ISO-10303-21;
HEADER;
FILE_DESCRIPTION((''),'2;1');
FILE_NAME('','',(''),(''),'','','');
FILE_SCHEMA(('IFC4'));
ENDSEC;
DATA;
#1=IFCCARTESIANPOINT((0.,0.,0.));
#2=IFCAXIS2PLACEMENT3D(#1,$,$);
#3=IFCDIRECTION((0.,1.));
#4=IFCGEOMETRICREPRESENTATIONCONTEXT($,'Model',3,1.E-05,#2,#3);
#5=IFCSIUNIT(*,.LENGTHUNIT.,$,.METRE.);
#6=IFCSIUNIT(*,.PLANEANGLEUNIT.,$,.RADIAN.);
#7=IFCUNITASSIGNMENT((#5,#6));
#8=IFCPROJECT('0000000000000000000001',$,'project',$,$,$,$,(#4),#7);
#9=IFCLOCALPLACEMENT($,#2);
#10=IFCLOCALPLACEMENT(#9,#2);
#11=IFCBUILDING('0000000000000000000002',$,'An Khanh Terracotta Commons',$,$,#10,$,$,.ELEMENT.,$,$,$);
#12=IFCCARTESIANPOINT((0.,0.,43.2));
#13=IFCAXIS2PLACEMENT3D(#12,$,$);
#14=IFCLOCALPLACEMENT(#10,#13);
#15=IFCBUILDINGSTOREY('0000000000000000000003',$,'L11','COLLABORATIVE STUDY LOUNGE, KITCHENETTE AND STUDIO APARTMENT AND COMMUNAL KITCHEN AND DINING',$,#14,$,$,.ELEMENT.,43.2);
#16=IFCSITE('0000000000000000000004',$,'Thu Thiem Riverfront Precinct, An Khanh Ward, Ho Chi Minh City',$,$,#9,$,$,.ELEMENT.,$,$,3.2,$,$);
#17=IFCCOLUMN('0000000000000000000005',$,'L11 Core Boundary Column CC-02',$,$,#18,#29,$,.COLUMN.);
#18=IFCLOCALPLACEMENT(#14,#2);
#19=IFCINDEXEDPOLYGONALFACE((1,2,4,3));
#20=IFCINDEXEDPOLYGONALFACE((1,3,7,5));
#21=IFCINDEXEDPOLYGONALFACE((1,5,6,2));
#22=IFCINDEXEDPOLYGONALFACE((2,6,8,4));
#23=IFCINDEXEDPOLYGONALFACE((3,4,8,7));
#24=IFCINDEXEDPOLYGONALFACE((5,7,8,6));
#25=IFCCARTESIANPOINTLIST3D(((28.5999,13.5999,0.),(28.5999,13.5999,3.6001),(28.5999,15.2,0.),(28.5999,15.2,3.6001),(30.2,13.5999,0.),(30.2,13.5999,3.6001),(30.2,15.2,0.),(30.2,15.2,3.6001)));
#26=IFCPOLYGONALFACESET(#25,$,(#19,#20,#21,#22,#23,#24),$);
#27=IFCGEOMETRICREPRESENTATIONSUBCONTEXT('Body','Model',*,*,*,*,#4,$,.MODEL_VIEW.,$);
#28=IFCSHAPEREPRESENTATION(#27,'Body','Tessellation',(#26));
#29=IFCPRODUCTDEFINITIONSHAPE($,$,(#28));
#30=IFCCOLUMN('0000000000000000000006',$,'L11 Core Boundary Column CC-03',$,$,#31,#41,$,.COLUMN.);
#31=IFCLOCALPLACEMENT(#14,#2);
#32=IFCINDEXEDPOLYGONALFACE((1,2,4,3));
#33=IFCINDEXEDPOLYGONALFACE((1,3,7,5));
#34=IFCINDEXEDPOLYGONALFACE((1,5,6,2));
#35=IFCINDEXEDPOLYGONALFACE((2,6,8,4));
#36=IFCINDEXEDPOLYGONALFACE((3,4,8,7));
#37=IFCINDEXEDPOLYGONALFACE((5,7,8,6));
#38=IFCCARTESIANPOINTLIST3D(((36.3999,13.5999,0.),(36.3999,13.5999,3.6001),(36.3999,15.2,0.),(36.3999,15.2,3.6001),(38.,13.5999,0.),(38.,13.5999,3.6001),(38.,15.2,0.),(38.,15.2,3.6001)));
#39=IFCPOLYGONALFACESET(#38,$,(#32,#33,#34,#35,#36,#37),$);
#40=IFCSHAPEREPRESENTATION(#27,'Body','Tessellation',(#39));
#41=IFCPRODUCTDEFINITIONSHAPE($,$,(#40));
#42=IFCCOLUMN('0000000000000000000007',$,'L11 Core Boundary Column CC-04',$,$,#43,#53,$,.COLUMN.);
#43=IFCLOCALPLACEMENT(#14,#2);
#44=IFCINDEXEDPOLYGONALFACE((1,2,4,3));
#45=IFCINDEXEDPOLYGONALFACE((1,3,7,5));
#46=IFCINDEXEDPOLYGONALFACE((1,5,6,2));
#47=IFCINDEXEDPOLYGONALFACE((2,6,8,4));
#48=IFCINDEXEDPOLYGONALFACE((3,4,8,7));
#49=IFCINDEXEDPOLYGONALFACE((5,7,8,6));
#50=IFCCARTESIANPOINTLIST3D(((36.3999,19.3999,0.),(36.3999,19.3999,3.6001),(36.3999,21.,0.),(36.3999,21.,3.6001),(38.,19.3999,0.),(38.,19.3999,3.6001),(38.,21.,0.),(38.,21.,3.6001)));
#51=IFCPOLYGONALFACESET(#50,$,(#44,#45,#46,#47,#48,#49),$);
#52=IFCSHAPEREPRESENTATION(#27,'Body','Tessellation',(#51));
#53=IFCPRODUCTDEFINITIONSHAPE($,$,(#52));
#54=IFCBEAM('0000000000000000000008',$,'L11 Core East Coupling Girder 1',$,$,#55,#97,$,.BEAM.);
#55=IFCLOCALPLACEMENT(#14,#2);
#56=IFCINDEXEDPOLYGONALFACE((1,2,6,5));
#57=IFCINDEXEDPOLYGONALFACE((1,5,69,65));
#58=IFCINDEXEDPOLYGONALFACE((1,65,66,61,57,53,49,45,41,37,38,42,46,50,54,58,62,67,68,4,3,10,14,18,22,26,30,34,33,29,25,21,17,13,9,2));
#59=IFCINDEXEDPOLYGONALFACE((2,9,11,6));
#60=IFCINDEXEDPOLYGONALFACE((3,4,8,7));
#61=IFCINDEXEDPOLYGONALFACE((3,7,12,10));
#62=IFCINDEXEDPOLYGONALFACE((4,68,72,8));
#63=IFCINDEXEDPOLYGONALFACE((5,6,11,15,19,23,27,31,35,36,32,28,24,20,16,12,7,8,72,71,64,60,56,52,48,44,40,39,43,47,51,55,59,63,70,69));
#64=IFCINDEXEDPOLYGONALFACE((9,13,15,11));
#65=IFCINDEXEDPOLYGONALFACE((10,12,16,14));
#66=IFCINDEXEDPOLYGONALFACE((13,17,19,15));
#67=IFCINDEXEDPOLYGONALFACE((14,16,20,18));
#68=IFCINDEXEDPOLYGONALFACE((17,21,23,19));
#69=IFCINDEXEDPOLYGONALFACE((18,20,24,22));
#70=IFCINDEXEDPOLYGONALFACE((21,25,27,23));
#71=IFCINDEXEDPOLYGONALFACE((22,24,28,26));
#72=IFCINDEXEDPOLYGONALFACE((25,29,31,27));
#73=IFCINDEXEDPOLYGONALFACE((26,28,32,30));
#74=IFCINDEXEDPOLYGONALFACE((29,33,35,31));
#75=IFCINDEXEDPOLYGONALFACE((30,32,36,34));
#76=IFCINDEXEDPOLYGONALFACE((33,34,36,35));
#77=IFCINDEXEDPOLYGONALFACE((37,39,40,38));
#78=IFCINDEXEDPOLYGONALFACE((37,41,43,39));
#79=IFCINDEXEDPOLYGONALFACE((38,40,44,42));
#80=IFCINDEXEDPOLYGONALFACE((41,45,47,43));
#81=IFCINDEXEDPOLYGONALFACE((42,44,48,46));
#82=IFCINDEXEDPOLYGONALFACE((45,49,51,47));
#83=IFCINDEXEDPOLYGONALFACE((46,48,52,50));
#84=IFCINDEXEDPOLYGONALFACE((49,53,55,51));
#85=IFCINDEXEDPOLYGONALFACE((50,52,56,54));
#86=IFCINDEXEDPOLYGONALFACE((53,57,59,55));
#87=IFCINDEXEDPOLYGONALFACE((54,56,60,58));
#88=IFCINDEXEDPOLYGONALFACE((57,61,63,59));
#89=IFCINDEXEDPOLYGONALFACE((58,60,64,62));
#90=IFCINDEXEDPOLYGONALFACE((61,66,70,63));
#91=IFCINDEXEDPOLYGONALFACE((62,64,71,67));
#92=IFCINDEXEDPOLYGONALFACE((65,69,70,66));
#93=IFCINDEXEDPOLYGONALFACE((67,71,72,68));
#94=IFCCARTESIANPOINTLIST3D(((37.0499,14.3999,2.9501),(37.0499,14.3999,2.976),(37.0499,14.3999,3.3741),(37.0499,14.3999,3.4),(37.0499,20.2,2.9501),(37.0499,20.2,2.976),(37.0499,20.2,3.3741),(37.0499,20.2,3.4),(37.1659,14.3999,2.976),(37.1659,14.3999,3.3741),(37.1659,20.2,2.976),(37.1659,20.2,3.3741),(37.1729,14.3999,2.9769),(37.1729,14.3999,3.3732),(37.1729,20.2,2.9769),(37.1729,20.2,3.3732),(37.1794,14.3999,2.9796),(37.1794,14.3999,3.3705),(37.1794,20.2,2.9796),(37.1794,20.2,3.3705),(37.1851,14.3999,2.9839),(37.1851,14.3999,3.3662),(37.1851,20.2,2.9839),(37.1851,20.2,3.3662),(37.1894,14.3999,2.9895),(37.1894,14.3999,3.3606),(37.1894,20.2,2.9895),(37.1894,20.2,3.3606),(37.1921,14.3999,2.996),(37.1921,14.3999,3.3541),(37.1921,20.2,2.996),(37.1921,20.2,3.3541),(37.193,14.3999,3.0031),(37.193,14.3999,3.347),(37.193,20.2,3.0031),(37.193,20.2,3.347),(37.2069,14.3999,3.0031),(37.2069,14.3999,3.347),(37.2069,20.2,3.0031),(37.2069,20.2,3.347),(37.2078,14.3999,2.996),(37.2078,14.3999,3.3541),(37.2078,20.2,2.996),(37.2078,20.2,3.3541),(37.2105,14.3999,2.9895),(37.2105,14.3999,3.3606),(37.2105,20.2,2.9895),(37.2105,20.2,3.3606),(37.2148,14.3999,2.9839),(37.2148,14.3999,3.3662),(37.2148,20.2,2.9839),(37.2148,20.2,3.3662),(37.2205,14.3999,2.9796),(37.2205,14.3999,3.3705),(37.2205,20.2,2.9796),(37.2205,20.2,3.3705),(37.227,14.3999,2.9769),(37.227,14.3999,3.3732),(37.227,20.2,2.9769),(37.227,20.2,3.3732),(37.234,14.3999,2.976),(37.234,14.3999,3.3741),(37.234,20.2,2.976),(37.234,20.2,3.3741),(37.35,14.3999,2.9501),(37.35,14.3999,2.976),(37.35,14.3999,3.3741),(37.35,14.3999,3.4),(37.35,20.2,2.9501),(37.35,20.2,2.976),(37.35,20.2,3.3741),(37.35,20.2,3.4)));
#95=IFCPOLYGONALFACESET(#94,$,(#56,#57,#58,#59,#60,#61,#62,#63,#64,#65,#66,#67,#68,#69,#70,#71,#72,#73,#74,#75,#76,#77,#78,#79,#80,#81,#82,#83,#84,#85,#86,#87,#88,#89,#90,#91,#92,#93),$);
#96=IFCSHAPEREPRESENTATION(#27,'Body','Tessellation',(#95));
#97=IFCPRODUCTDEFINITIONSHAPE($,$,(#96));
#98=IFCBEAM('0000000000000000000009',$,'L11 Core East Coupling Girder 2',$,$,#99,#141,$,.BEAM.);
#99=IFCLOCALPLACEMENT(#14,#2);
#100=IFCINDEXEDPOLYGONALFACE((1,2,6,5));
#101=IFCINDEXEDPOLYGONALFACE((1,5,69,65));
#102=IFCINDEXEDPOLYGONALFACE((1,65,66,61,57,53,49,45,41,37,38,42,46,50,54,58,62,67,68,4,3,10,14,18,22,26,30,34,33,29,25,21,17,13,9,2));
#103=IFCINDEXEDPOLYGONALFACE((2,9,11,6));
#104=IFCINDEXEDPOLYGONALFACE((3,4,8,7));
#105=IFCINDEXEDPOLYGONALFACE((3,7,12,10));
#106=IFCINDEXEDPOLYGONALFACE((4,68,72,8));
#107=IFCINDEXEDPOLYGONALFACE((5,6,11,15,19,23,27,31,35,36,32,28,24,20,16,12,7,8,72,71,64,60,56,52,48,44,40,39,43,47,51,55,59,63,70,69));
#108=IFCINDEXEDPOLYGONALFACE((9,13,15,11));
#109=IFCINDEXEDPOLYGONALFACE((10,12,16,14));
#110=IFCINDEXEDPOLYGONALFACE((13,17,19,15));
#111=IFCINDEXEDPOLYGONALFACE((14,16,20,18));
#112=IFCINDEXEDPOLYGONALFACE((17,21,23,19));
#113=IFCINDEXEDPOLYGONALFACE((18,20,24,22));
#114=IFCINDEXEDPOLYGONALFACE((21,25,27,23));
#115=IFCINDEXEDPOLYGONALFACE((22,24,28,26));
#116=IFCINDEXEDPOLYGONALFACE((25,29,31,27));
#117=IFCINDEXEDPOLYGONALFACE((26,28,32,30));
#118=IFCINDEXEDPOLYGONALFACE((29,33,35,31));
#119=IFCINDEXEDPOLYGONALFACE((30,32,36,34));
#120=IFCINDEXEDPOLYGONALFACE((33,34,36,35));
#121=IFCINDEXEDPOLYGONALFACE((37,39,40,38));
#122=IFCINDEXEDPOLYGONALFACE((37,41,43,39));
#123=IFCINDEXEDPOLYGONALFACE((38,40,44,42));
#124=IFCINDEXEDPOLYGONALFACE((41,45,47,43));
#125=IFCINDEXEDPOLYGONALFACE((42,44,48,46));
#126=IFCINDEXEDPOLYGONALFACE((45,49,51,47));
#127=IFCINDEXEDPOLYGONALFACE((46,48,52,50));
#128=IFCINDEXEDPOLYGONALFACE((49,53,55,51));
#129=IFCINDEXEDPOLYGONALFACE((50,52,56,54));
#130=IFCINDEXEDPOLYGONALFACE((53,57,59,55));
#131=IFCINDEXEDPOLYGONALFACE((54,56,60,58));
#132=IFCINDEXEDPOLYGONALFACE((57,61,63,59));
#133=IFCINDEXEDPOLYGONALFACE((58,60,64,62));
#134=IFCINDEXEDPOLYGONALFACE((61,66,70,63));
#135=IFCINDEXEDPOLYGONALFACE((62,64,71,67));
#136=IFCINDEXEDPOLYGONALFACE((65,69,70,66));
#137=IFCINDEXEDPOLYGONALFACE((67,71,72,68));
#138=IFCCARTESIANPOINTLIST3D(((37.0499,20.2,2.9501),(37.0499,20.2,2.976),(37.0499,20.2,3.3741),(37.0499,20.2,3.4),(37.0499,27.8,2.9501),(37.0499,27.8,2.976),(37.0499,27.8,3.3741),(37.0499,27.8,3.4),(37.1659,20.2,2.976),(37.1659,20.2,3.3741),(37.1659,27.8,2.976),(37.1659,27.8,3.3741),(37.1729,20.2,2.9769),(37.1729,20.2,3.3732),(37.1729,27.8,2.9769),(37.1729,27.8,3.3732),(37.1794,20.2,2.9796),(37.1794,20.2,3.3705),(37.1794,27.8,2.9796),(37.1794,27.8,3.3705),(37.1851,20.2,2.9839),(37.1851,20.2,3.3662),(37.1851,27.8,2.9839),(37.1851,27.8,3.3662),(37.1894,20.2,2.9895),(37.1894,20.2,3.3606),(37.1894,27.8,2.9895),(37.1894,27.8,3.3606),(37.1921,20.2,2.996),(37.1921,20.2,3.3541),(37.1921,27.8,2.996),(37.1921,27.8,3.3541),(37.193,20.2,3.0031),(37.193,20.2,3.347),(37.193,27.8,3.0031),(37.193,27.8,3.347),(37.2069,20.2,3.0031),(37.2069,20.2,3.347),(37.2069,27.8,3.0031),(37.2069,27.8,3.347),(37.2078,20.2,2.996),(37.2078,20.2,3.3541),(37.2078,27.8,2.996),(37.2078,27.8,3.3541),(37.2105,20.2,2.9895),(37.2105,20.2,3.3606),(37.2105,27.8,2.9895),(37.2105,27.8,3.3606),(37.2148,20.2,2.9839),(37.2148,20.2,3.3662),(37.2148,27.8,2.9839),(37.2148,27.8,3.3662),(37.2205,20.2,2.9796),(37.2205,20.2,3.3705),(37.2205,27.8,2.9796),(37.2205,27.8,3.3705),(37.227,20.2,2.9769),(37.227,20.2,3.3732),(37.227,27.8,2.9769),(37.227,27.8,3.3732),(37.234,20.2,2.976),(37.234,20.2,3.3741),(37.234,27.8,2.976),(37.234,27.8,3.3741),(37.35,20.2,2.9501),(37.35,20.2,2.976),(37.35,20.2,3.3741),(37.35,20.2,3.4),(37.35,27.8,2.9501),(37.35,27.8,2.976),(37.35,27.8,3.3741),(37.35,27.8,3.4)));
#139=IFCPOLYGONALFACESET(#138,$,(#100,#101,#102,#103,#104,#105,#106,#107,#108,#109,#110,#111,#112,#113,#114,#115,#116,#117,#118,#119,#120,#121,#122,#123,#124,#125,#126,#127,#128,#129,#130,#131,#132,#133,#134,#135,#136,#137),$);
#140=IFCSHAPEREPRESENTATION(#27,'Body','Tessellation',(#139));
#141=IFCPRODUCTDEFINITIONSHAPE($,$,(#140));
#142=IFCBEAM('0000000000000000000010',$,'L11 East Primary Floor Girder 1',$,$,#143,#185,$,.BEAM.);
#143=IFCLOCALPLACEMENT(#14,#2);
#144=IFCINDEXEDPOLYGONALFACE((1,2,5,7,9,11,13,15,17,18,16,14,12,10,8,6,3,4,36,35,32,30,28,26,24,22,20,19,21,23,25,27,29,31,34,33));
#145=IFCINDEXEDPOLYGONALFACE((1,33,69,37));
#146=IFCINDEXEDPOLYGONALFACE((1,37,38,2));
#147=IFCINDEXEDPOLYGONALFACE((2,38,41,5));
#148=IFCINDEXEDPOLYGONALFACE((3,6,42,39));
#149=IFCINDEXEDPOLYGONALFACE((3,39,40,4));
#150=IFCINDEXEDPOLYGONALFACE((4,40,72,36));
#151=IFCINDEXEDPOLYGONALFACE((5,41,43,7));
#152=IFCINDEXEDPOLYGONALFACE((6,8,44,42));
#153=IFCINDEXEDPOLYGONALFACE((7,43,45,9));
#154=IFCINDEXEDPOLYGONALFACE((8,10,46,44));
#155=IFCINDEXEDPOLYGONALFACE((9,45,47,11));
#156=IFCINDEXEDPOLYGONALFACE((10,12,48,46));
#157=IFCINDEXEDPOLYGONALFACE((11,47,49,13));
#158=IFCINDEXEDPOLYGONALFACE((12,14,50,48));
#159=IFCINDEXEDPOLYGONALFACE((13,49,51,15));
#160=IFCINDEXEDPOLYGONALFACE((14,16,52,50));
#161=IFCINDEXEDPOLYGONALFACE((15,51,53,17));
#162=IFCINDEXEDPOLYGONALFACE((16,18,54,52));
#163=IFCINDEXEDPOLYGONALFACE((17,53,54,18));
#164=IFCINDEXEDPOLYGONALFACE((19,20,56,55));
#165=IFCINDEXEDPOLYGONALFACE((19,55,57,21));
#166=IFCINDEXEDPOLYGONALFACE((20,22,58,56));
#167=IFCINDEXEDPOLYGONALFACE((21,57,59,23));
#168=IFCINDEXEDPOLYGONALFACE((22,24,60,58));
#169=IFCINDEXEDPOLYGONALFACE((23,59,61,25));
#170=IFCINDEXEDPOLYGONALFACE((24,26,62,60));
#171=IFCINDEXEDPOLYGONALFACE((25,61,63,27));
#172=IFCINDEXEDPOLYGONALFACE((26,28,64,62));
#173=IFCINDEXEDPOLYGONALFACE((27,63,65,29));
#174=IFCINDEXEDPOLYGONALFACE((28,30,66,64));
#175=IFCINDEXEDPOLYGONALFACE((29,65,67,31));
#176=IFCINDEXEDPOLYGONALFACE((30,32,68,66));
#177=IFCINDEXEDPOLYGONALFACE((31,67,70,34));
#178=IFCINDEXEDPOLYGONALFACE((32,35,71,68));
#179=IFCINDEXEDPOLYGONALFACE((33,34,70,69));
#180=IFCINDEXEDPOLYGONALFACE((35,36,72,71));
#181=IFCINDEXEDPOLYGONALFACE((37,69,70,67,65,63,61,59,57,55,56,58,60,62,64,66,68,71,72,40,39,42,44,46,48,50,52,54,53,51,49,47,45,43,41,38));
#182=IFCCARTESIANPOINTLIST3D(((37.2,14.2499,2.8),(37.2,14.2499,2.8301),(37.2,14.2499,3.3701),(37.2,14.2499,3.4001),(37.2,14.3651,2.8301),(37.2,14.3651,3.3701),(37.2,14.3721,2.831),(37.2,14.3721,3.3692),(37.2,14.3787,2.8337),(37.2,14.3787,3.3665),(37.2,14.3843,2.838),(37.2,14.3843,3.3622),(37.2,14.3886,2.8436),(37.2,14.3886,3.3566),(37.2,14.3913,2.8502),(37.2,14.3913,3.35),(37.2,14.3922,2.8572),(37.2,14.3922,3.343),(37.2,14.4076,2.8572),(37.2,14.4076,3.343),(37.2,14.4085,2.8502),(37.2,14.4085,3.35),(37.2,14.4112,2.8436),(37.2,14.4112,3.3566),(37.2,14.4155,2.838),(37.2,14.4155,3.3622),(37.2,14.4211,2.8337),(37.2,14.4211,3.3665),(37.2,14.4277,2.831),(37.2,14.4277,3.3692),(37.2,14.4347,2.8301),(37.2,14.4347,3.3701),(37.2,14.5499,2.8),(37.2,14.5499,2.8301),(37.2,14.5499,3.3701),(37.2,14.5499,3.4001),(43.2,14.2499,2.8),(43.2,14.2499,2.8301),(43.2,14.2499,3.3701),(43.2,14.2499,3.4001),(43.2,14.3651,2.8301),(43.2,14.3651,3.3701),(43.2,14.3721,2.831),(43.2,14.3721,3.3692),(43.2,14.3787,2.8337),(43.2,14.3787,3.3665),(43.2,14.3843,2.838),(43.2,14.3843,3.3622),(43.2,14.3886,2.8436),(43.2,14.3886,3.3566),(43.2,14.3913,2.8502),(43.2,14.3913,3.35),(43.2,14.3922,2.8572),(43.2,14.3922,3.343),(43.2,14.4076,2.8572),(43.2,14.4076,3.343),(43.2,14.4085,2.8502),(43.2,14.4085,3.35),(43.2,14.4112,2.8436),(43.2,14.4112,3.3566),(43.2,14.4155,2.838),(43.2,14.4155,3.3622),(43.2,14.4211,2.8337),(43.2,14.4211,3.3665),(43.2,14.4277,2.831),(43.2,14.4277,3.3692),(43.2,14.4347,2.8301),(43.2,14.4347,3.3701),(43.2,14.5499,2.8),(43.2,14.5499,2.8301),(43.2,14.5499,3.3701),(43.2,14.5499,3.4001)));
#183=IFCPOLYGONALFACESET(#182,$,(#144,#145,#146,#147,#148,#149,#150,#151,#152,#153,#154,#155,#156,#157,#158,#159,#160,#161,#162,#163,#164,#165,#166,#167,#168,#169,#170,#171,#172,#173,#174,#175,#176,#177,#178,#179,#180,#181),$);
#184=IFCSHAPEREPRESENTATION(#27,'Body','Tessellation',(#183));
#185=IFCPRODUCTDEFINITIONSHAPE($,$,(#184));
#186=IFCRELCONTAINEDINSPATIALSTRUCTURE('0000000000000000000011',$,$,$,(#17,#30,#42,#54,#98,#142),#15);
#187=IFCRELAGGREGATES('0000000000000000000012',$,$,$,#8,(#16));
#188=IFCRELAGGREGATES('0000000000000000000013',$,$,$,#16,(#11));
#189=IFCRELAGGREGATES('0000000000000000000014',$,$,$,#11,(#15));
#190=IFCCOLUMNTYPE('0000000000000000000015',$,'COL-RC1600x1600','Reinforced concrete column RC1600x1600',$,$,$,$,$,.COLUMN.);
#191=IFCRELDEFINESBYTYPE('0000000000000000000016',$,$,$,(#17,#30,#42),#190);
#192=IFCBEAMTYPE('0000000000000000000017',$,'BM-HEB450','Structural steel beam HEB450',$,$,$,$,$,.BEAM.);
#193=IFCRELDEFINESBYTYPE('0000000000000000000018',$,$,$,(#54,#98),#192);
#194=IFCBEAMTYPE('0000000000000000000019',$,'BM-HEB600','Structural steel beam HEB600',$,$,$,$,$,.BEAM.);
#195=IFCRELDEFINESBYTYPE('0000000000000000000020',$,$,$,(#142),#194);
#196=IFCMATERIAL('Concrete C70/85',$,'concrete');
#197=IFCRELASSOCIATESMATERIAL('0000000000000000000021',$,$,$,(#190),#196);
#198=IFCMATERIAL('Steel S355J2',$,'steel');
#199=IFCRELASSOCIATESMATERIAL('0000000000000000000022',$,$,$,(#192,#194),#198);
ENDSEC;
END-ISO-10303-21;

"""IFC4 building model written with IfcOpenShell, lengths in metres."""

from ifc_helpers import new_model, si_unit, direction, frame, origin, origin_2d, place, context, subcontext, project, spatial, rectangle, i_section, extrude, material, material_profile, profile_set, type_object, element, save


model = new_model("IFC4")

# Units and contexts
model_context = context("Model", 3, precision=1e-05, world=origin(), true_north=direction((0.0, 1.0)))
body_context = subcontext(model_context, "Body", "Model", "MODEL_VIEW")
ifc_project = project(units=[si_unit("LENGTHUNIT", "METRE"), si_unit("PLANEANGLEUNIT", "RADIAN")], contexts=[model_context])

# Site, building, storey
site_placement = place(None, origin())
site = spatial("IfcSite", under=ifc_project, at=site_placement, Name="Thu Thiem Riverfront Precinct, An Khanh Ward, Ho Chi Minh City", CompositionType="ELEMENT", RefElevation=3.2)
building_placement = place(site_placement, origin())
building = spatial("IfcBuilding", under=site, at=building_placement, Name="An Khanh Terracotta Commons", CompositionType="ELEMENT")
storey_placement = place(building_placement, frame((0.0, 0.0, 43.2)))
storey = spatial("IfcBuildingStorey", under=building, at=storey_placement, Name="L11", Description="COLLABORATIVE STUDY LOUNGE, KITCHENETTE AND STUDIO APARTMENT AND COMMUNAL KITCHEN AND DINING", CompositionType="ELEMENT", Elevation=43.2)

# Columns
ifc_material_1 = material(Name="Concrete C70/85", Category="concrete")
ifc_material_profile_1 = material_profile(ifc_material_1, rectangle(XDim=1.6001, YDim=1.6001, at=origin_2d()), Name="RC1600x1600")
ifc_profile_set_1 = profile_set([ifc_material_profile_1], Name="Concrete C70/85")
column_type = type_object("IfcColumnType", Name="COL-RC1600x1600", Description="Reinforced concrete column RC1600x1600", PredefinedType="COLUMN", material=ifc_profile_set_1)
for number, where, z_axis, x_axis, name in (
    (1, (29.3999, 14.3999, 0.0), (0.0, 0.0, 1.0), (1.0, 0.0, 0.0), "L11 Core Boundary Column CC-02"),
    (2, (37.2, 14.3999, 0.0), (0.0, 0.0, 1.0), (1.0, 0.0, 0.0), "L11 Core Boundary Column CC-03"),
    (3, (37.2, 20.2, 0.0), (0.0, 0.0, 1.0), (1.0, 0.0, 0.0), "L11 Core Boundary Column CC-04"),
):
    element("IfcColumn", number, at=place(storey_placement, frame(where, z_axis=z_axis, x_axis=x_axis)), inside=storey, type_object=column_type, Name=name, PredefinedType="COLUMN", context=body_context, shape_type="SweptSolid", body=[
        extrude(rectangle(XDim=1.6001, YDim=1.6001, at=origin_2d()), origin(), (0.0, 0.0, 1.0), 3.6001),
    ])

# Beams
ifc_material_2 = material(Name="Steel S355J2", Category="steel")
ifc_material_profile_2 = material_profile(ifc_material_2, i_section(OverallWidth=0.3, OverallDepth=0.45, WebThickness=0.0139, FlangeThickness=0.0259, FilletRadius=0.0271, at=origin_2d()), Name="HEB450")
ifc_profile_set_2 = profile_set([ifc_material_profile_2], Name="Steel S355J2")
beam_type_1 = type_object("IfcBeamType", Name="BM-HEB450", Description="Structural steel beam HEB450", PredefinedType="BEAM", material=ifc_profile_set_2)
beam_1_placement = place(storey_placement, frame((37.2, 14.3999, 3.175), z_axis=(0.0, 1.0, 0.0), x_axis=(-1.0, 0.0, 0.0)))
element("IfcBeam", 4, at=beam_1_placement, inside=storey, type_object=beam_type_1, Name="L11 Core East Coupling Girder 1", PredefinedType="BEAM", context=body_context, shape_type="SweptSolid", body=[
    extrude(i_section(OverallWidth=0.3, OverallDepth=0.45, WebThickness=0.0139, FlangeThickness=0.0259, FilletRadius=0.0271, at=origin_2d()), origin(), (0.0, 0.0, 1.0), 5.8),
])
beam_2_placement = place(storey_placement, frame((37.2, 20.2, 3.175), z_axis=(0.0, 1.0, 0.0), x_axis=(-1.0, 0.0, 0.0)))
element("IfcBeam", 5, at=beam_2_placement, inside=storey, type_object=beam_type_1, Name="L11 Core East Coupling Girder 2", PredefinedType="BEAM", context=body_context, shape_type="SweptSolid", body=[
    extrude(i_section(OverallWidth=0.3, OverallDepth=0.45, WebThickness=0.0139, FlangeThickness=0.0259, FilletRadius=0.0271, at=origin_2d()), origin(), (0.0, 0.0, 1.0), 7.6001),
])
ifc_material_profile_3 = material_profile(ifc_material_2, i_section(OverallWidth=0.3, OverallDepth=0.6001, WebThickness=0.0154, FlangeThickness=0.03, FilletRadius=0.0271, at=origin_2d()), Name="HEB600")
ifc_profile_set_3 = profile_set([ifc_material_profile_3], Name="Steel S355J2")
beam_type_2 = type_object("IfcBeamType", Name="BM-HEB600", Description="Structural steel beam HEB600", PredefinedType="BEAM", material=ifc_profile_set_3)
for number, where, z_axis, x_axis, name in (
    (6, (37.2, 14.3999, 3.1001), (1.0, 0.0, 0.0), (0.0, 1.0, 0.0), "L11 East Primary Floor Girder 1"),
):
    element("IfcBeam", number, at=place(storey_placement, frame(where, z_axis=z_axis, x_axis=x_axis)), inside=storey, type_object=beam_type_2, Name=name, PredefinedType="BEAM", context=body_context, shape_type="SweptSolid", body=[
        extrude(i_section(OverallWidth=0.3, OverallDepth=0.6001, WebThickness=0.0154, FlangeThickness=0.03, FilletRadius=0.0271, at=origin_2d()), origin(), (0.0, 0.0, 1.0), 6.0),
    ])

save(model, "model.ifc")
